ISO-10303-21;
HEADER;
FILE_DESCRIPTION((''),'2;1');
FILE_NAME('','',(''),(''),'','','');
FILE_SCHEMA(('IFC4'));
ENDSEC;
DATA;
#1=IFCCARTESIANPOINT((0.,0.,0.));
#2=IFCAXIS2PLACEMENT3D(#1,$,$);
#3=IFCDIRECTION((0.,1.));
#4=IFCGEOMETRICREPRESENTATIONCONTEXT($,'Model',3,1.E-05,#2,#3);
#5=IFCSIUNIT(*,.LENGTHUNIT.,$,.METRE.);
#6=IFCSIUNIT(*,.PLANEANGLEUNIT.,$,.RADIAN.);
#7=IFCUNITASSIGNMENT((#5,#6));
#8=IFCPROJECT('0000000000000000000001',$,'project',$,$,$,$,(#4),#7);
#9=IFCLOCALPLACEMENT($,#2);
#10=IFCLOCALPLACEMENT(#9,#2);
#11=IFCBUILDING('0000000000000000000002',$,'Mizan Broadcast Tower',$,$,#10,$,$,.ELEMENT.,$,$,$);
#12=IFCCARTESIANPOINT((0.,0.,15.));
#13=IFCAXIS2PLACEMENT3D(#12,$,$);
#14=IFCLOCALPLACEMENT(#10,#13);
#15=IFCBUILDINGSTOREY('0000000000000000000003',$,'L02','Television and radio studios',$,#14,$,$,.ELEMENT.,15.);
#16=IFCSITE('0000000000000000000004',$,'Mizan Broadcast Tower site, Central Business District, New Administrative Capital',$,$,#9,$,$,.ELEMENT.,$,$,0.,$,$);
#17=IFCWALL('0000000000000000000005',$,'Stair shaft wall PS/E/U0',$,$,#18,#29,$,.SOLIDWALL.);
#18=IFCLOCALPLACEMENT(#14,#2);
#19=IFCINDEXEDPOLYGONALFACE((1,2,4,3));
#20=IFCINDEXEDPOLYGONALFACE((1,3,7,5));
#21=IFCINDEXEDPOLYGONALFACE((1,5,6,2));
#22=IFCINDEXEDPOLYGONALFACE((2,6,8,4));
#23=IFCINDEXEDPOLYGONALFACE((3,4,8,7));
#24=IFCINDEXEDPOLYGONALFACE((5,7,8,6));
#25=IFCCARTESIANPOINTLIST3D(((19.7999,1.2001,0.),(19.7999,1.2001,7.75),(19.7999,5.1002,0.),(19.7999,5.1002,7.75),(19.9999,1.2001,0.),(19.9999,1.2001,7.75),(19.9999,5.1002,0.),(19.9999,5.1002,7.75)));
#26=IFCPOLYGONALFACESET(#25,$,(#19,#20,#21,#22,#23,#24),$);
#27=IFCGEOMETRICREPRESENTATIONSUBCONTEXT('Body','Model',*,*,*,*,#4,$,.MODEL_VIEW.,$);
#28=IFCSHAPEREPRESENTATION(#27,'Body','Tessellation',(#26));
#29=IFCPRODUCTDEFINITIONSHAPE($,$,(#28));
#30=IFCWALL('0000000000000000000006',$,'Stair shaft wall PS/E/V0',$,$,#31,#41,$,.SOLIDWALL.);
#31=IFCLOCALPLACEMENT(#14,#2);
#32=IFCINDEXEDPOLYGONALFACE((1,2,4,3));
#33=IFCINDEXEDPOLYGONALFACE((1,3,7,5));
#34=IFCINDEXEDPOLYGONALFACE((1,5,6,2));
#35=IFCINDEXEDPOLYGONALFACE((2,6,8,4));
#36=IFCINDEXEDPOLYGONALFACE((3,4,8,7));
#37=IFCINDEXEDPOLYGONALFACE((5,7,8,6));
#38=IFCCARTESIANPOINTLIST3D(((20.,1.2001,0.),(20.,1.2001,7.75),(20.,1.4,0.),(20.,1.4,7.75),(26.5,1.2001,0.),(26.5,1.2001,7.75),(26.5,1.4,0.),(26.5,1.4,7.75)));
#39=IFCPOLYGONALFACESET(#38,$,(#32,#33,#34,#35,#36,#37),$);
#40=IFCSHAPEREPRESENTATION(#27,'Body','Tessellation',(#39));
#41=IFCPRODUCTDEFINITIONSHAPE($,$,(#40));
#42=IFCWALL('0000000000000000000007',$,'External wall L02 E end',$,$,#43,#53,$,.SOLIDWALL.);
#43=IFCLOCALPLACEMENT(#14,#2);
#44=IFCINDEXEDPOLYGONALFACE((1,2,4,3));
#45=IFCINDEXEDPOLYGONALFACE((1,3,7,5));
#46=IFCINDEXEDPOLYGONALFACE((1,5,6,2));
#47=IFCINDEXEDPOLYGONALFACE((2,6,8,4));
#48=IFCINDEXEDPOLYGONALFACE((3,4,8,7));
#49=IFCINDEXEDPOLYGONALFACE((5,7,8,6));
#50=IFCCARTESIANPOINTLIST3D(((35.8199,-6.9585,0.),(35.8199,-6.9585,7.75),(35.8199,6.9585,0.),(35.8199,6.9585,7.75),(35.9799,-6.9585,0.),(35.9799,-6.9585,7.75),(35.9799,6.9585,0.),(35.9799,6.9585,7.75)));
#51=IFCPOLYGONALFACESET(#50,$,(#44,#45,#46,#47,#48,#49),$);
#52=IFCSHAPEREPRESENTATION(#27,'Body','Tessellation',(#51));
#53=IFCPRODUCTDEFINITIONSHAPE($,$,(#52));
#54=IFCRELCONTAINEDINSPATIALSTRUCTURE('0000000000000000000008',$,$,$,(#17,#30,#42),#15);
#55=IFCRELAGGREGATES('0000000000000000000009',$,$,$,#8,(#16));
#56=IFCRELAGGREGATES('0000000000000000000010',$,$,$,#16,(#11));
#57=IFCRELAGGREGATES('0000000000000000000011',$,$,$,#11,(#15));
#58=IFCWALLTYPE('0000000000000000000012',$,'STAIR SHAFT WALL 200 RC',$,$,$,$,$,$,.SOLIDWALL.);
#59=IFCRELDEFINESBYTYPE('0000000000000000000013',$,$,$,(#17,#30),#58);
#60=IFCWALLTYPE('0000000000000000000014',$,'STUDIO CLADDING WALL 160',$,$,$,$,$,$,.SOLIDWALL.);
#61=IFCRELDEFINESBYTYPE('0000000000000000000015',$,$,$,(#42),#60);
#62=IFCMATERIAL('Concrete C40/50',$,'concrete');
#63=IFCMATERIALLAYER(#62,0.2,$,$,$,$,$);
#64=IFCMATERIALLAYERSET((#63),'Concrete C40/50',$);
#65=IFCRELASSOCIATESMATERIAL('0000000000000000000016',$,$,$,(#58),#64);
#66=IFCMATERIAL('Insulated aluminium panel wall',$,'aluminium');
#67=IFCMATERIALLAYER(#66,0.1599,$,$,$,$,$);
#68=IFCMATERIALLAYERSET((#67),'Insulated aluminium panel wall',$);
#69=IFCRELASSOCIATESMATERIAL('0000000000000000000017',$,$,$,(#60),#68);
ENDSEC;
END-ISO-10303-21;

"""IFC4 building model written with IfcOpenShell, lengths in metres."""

from ifc_helpers import new_model, si_unit, direction, frame, frame_2d, origin, place, context, subcontext, project, spatial, rectangle, extrude, material, layer, layer_set, type_object, element, save


model = new_model("IFC4")

# Units and contexts
model_context = context("Model", 3, precision=1e-05, world=origin(), true_north=direction((0.0, 1.0)))
body_context = subcontext(model_context, "Body", "Model", "MODEL_VIEW")
ifc_project = project(units=[si_unit("LENGTHUNIT", "METRE"), si_unit("PLANEANGLEUNIT", "RADIAN")], contexts=[model_context])

# Site, building, storey
site_placement = place(None, origin())
site = spatial("IfcSite", under=ifc_project, at=site_placement, Name="Mizan Broadcast Tower site, Central Business District, New Administrative Capital", CompositionType="ELEMENT", RefElevation=0.0)
building_placement = place(site_placement, origin())
building = spatial("IfcBuilding", under=site, at=building_placement, Name="Mizan Broadcast Tower", CompositionType="ELEMENT")
storey_placement = place(building_placement, frame((0.0, 0.0, 15.0)))
storey = spatial("IfcBuildingStorey", under=building, at=storey_placement, Name="L02", Description="Television and radio studios", CompositionType="ELEMENT", Elevation=15.0)

# Walls
ifc_material_1 = material(Name="Concrete C40/50", Category="concrete")
ifc_layer_1 = layer(ifc_material_1, 0.2)
ifc_layer_set_1 = layer_set([ifc_layer_1], Name="Concrete C40/50")
wall_type_1 = type_object("IfcWallType", Name="STAIR SHAFT WALL 200 RC", PredefinedType="SOLIDWALL", material=ifc_layer_set_1)
wall_1_placement = place(storey_placement, frame((19.8999, 1.2, 0.0), z_axis=(0.0, 0.0, 1.0), x_axis=(0.0, 1.0, 0.0)))
element("IfcWall", 1, at=wall_1_placement, inside=storey, type_object=wall_type_1, Name="Stair shaft wall PS/E/U0", PredefinedType="SOLIDWALL", context=body_context, shape_type="SweptSolid", body=[
    extrude(rectangle(XDim=3.9001, YDim=0.2, at=frame_2d((1.9502, 0.0))), origin(), (0.0, 0.0, 1.0), 7.75),
])
wall_2_placement = place(storey_placement, frame((20.0, 1.3, 0.0), z_axis=(0.0, 0.0, 1.0), x_axis=(1.0, 0.0, 0.0)))
element("IfcWall", 2, at=wall_2_placement, inside=storey, type_object=wall_type_1, Name="Stair shaft wall PS/E/V0", PredefinedType="SOLIDWALL", context=body_context, shape_type="SweptSolid", body=[
    extrude(rectangle(XDim=6.5, YDim=0.2, at=frame_2d((3.25, 0.0))), origin(), (0.0, 0.0, 1.0), 7.75),
])
ifc_material_2 = material(Name="Insulated aluminium panel wall", Category="aluminium")
ifc_layer_2 = layer(ifc_material_2, 0.1599)
ifc_layer_set_2 = layer_set([ifc_layer_2], Name="Insulated aluminium panel wall")
wall_type_2 = type_object("IfcWallType", Name="STUDIO CLADDING WALL 160", PredefinedType="SOLIDWALL", material=ifc_layer_set_2)
wall_3_placement = place(storey_placement, frame((35.8999, -6.9585, 0.0), z_axis=(0.0, 0.0, 1.0), x_axis=(0.0, 1.0, 0.0)))
element("IfcWall", 3, at=wall_3_placement, inside=storey, type_object=wall_type_2, Name="External wall L02 E end", PredefinedType="SOLIDWALL", context=body_context, shape_type="SweptSolid", body=[
    extrude(rectangle(XDim=13.917, YDim=0.1599, at=frame_2d((6.9585, 0.0))), origin(), (0.0, 0.0, 1.0), 7.75),
])

save(model, "model.ifc")
